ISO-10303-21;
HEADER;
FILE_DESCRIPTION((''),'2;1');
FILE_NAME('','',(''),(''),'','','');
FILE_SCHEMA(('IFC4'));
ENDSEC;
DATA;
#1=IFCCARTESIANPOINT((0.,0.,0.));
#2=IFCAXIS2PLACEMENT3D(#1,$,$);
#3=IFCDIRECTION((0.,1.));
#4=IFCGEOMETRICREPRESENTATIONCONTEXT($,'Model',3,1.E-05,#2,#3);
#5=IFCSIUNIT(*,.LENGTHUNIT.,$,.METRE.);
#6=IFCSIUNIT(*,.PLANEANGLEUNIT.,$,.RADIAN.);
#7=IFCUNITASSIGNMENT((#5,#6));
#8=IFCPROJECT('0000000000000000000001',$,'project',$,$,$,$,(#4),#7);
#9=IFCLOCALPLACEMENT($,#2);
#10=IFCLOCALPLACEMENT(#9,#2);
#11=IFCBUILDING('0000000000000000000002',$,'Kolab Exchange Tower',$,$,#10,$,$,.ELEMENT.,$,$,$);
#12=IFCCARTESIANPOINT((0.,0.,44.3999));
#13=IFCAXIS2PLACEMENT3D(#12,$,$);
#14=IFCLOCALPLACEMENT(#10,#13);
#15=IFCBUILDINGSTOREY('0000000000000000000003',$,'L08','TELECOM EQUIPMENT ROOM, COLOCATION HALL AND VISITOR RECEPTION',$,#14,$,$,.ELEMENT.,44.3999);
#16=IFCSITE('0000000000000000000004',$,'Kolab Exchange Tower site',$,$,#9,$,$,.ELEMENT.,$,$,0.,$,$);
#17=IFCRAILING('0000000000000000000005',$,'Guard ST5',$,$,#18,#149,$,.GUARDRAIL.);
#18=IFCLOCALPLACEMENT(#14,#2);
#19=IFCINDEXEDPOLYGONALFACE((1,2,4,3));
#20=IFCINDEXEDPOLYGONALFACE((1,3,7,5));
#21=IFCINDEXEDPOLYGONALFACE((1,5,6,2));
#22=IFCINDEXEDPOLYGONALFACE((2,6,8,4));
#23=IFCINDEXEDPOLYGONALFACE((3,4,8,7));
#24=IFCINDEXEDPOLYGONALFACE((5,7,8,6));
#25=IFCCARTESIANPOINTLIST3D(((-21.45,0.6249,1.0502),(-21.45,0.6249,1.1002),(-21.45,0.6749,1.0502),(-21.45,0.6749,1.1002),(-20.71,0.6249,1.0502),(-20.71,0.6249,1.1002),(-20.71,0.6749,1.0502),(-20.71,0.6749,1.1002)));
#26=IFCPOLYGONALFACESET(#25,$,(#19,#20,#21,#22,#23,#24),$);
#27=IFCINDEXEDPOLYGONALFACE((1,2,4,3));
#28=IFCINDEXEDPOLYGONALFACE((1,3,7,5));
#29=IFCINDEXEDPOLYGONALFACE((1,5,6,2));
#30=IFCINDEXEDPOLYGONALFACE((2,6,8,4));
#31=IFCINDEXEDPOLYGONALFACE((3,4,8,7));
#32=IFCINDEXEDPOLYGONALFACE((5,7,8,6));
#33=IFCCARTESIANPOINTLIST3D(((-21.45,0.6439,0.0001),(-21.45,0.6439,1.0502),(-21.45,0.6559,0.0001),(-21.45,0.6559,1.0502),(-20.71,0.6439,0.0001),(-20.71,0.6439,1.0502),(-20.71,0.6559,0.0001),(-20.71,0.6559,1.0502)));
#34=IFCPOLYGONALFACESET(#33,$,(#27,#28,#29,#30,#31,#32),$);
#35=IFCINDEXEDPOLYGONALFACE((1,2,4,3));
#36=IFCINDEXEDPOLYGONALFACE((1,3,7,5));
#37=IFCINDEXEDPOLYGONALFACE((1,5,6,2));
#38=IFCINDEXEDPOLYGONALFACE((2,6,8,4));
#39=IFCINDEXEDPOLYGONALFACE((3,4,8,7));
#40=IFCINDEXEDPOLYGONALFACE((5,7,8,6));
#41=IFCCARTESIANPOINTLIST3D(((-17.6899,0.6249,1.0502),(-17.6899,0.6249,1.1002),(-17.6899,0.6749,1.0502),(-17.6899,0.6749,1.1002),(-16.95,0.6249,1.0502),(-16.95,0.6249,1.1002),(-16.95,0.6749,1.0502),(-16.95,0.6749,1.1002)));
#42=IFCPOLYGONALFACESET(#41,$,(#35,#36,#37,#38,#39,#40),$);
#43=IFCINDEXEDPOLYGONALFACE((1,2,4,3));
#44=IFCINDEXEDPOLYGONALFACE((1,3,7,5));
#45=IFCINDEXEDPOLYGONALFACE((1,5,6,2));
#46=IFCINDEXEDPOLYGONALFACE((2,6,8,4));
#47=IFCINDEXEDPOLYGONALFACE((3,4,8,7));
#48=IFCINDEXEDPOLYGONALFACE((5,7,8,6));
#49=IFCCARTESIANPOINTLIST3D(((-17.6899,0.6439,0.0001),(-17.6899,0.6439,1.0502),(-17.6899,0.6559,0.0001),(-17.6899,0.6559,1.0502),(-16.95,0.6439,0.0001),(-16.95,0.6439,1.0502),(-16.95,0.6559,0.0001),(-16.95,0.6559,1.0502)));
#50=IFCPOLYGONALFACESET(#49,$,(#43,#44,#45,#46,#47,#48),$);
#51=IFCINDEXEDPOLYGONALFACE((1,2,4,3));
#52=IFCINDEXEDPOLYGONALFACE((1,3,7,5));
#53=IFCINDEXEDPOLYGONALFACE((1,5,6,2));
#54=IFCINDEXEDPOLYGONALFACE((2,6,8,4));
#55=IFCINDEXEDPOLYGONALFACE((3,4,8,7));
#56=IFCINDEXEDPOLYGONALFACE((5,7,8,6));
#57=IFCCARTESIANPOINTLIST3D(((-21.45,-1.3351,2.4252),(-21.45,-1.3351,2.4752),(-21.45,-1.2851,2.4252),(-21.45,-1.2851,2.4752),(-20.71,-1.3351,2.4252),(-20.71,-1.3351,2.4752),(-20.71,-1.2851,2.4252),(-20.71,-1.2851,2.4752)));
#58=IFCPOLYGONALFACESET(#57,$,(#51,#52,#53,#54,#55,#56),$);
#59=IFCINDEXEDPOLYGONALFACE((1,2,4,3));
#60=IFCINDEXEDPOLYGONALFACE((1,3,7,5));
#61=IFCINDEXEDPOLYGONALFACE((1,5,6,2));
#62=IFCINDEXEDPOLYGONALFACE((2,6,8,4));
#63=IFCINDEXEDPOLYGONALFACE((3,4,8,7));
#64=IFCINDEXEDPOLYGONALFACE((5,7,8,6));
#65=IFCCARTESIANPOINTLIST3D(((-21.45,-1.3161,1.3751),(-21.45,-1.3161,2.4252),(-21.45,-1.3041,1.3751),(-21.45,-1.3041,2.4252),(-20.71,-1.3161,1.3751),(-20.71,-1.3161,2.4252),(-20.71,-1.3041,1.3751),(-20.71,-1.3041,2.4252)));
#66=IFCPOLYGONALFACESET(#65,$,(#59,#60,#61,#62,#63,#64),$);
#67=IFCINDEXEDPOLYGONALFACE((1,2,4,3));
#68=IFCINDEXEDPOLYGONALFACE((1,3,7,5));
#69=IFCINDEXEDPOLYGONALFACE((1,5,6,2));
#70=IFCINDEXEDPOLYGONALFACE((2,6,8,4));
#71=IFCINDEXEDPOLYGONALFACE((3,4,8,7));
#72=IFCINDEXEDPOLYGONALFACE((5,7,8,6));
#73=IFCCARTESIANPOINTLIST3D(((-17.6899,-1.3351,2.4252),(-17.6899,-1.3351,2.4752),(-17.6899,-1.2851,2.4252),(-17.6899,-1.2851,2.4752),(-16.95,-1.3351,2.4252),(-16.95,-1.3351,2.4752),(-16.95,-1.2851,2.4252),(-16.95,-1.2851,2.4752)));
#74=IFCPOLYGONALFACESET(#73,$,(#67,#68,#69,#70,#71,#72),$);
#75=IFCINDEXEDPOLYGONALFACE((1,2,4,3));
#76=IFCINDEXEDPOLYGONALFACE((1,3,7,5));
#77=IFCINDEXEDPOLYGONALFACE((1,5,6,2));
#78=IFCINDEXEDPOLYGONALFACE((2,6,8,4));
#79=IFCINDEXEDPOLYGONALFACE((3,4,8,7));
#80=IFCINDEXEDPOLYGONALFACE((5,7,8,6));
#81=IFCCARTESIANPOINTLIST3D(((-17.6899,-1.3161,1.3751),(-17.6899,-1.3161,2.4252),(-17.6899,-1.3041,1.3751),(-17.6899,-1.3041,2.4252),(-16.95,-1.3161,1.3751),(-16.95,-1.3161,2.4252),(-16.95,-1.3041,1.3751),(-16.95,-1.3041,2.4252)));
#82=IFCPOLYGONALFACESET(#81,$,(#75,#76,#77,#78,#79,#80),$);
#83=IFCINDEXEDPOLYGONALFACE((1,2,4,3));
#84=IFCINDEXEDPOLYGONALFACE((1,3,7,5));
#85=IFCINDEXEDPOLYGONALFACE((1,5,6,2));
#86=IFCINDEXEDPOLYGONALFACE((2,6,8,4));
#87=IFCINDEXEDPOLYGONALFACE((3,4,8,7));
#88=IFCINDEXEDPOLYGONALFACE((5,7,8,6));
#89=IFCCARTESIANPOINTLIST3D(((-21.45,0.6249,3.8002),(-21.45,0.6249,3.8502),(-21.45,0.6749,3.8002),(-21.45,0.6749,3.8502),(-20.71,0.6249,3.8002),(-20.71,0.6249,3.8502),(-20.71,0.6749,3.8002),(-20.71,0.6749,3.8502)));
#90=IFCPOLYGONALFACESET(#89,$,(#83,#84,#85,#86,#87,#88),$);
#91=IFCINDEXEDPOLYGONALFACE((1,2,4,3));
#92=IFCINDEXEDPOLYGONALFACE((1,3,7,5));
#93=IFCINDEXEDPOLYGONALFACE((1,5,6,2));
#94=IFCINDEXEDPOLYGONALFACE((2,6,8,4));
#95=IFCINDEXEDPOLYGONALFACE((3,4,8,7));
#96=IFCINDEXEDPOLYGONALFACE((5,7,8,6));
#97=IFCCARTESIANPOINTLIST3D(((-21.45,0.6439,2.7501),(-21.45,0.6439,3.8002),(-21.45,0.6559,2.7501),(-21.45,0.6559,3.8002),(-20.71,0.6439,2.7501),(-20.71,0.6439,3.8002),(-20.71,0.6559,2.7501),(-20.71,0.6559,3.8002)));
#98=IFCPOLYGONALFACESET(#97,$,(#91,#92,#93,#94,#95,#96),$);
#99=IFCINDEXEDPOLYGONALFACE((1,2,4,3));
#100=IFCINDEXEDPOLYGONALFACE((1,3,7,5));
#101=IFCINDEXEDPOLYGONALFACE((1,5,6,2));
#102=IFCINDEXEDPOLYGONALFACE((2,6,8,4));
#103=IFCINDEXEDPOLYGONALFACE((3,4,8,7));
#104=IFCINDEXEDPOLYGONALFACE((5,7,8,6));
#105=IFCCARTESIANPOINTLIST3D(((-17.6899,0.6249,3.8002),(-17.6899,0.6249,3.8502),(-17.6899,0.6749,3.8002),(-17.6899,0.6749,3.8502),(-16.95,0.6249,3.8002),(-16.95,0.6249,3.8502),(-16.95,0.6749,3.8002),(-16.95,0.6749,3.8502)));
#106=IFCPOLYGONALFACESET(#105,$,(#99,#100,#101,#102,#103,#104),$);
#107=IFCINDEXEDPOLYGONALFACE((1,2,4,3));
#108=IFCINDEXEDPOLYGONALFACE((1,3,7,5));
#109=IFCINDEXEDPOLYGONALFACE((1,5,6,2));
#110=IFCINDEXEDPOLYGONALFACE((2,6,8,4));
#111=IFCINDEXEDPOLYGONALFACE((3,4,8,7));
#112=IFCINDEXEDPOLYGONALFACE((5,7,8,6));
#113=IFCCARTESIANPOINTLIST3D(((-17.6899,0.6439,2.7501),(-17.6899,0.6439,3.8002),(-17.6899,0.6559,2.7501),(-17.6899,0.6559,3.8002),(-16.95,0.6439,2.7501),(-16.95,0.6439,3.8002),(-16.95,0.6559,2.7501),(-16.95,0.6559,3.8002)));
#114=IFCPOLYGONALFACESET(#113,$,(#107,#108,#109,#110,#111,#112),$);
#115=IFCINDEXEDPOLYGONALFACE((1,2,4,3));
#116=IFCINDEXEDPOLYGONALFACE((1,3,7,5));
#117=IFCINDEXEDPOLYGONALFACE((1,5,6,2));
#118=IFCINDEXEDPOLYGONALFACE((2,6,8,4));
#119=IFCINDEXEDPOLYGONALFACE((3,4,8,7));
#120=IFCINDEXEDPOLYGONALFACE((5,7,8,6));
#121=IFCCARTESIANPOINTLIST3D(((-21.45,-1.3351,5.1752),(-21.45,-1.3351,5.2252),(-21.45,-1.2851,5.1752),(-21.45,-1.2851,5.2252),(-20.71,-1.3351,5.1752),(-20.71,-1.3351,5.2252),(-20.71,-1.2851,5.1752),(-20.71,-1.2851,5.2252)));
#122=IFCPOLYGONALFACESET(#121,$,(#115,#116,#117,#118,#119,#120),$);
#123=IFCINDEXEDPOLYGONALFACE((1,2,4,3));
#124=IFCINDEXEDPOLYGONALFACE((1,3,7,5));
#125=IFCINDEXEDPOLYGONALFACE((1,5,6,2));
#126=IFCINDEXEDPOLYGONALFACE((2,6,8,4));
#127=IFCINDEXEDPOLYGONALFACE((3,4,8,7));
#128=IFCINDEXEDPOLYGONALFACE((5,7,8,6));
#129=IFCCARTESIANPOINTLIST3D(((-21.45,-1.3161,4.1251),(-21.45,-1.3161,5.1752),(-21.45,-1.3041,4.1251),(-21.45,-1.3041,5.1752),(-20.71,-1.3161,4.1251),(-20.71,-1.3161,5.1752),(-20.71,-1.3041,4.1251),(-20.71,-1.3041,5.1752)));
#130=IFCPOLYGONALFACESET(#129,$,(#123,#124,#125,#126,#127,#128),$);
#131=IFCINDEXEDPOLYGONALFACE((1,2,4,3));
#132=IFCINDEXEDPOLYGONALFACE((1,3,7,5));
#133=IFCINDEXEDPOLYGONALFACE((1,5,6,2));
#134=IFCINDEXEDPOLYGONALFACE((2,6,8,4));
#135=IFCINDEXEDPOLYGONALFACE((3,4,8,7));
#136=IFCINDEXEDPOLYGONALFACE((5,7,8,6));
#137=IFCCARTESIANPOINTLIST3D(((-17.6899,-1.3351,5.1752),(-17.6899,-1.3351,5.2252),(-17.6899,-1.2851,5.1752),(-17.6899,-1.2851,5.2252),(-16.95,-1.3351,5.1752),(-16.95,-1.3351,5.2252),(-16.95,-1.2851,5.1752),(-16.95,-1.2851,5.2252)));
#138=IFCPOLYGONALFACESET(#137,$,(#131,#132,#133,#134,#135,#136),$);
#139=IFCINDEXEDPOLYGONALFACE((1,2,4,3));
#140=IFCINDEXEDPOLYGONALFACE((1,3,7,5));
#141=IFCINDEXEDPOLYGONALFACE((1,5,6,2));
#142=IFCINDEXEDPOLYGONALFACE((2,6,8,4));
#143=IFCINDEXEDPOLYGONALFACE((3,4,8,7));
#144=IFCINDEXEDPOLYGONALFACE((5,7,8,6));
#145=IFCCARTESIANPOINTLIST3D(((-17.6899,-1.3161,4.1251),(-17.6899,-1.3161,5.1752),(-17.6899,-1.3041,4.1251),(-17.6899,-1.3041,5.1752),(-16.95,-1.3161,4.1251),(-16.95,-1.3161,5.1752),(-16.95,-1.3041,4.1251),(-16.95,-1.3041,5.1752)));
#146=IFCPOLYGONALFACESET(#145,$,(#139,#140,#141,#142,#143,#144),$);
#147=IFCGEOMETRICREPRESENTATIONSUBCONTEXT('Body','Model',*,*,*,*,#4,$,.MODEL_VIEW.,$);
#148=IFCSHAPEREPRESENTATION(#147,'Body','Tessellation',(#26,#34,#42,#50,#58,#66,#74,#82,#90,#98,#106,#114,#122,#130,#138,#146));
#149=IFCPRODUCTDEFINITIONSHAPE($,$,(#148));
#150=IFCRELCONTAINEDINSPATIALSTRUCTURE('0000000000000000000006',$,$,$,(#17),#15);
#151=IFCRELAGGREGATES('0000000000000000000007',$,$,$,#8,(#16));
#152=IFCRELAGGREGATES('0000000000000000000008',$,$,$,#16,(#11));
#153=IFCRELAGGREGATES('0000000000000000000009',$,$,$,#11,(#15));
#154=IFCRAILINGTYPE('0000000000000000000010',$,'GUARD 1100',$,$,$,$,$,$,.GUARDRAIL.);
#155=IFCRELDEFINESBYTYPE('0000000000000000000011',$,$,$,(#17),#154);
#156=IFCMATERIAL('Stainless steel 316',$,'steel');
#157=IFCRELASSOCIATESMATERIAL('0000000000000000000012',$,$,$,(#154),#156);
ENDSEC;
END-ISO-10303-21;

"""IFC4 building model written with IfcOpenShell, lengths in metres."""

from ifc_helpers import new_model, si_unit, direction, frame, frame_2d, origin, origin_2d, place, context, subcontext, project, spatial, rectangle, extrude, material, type_object, element, save


model = new_model("IFC4")

# Units and contexts
model_context = context("Model", 3, precision=1e-05, world=origin(), true_north=direction((0.0, 1.0)))
body_context = subcontext(model_context, "Body", "Model", "MODEL_VIEW")
ifc_project = project(units=[si_unit("LENGTHUNIT", "METRE"), si_unit("PLANEANGLEUNIT", "RADIAN")], contexts=[model_context])

# Site, building, storey
site_placement = place(None, origin())
site = spatial("IfcSite", under=ifc_project, at=site_placement, Name="Kolab Exchange Tower site", CompositionType="ELEMENT", RefElevation=0.0)
building_placement = place(site_placement, origin())
building = spatial("IfcBuilding", under=site, at=building_placement, Name="Kolab Exchange Tower", CompositionType="ELEMENT")
storey_placement = place(building_placement, frame((0.0, 0.0, 44.3999)))
storey = spatial("IfcBuildingStorey", under=building, at=storey_placement, Name="L08", Description="TELECOM EQUIPMENT ROOM, COLOCATION HALL AND VISITOR RECEPTION", CompositionType="ELEMENT", Elevation=44.3999)

# Railing
ifc_material_1 = material(Name="Stainless steel 316", Category="steel")
railing_type = type_object("IfcRailingType", Name="GUARD 1100", PredefinedType="GUARDRAIL", material=ifc_material_1)
railing_placement = place(storey_placement, frame((-21.45, 0.6499, 0.0)))
element("IfcRailing", 1, at=railing_placement, inside=storey, type_object=railing_type, Name="Guard ST5", PredefinedType="GUARDRAIL", context=body_context, shape_type="SweptSolid", body=[
    extrude(rectangle(XDim=0.05, YDim=0.05, at=origin_2d()), frame((0.0, 0.0, 1.0752), z_axis=(1.0, 0.0, 0.0), x_axis=(0.0, 1.0, 0.0)), (0.0, 0.0, 1.0), 0.74),
    extrude(rectangle(XDim=0.012, YDim=1.0501, at=frame_2d((0.0, 0.5251))), frame((0.0, 0.0, 0.0), z_axis=(1.0, 0.0, 0.0), x_axis=(0.0, 1.0, 0.0)), (0.0, 0.0, 1.0), 0.74),
    extrude(rectangle(XDim=0.05, YDim=0.05, at=origin_2d()), frame((3.76, 0.0, 1.0752), z_axis=(1.0, 0.0, 0.0), x_axis=(0.0, 1.0, 0.0)), (0.0, 0.0, 1.0), 0.74),
    extrude(rectangle(XDim=0.012, YDim=1.0501, at=frame_2d((0.0, 0.5251))), frame((3.76, 0.0, 0.0), z_axis=(1.0, 0.0, 0.0), x_axis=(0.0, 1.0, 0.0)), (0.0, 0.0, 1.0), 0.74),
    extrude(rectangle(XDim=0.05, YDim=0.05, at=origin_2d()), frame((0.0, -1.96, 2.4502), z_axis=(1.0, 0.0, 0.0), x_axis=(0.0, 1.0, 0.0)), (0.0, 0.0, 1.0), 0.74),
    extrude(rectangle(XDim=0.012, YDim=1.0501, at=frame_2d((0.0, 0.5251))), frame((0.0, -1.96, 1.375), z_axis=(1.0, 0.0, 0.0), x_axis=(0.0, 1.0, 0.0)), (0.0, 0.0, 1.0), 0.74),
    extrude(rectangle(XDim=0.05, YDim=0.05, at=origin_2d()), frame((3.76, -1.96, 2.4502), z_axis=(1.0, 0.0, 0.0), x_axis=(0.0, 1.0, 0.0)), (0.0, 0.0, 1.0), 0.74),
    extrude(rectangle(XDim=0.012, YDim=1.0501, at=frame_2d((0.0, 0.5251))), frame((3.76, -1.96, 1.375), z_axis=(1.0, 0.0, 0.0), x_axis=(0.0, 1.0, 0.0)), (0.0, 0.0, 1.0), 0.74),
    extrude(rectangle(XDim=0.05, YDim=0.05, at=origin_2d()), frame((0.0, 0.0, 3.8252), z_axis=(1.0, 0.0, 0.0), x_axis=(0.0, 1.0, 0.0)), (0.0, 0.0, 1.0), 0.74),
    extrude(rectangle(XDim=0.012, YDim=1.0501, at=frame_2d((0.0, 0.5251))), frame((0.0, 0.0, 2.75), z_axis=(1.0, 0.0, 0.0), x_axis=(0.0, 1.0, 0.0)), (0.0, 0.0, 1.0), 0.74),
    extrude(rectangle(XDim=0.05, YDim=0.05, at=origin_2d()), frame((3.76, 0.0, 3.8252), z_axis=(1.0, 0.0, 0.0), x_axis=(0.0, 1.0, 0.0)), (0.0, 0.0, 1.0), 0.74),
    extrude(rectangle(XDim=0.012, YDim=1.0501, at=frame_2d((0.0, 0.5251))), frame((3.76, 0.0, 2.75), z_axis=(1.0, 0.0, 0.0), x_axis=(0.0, 1.0, 0.0)), (0.0, 0.0, 1.0), 0.74),
    extrude(rectangle(XDim=0.05, YDim=0.05, at=origin_2d()), frame((0.0, -1.96, 5.2002), z_axis=(1.0, 0.0, 0.0), x_axis=(0.0, 1.0, 0.0)), (0.0, 0.0, 1.0), 0.74),
    extrude(rectangle(XDim=0.012, YDim=1.0501, at=frame_2d((0.0, 0.5251))), frame((0.0, -1.96, 4.125), z_axis=(1.0, 0.0, 0.0), x_axis=(0.0, 1.0, 0.0)), (0.0, 0.0, 1.0), 0.74),
    extrude(rectangle(XDim=0.05, YDim=0.05, at=origin_2d()), frame((3.76, -1.96, 5.2002), z_axis=(1.0, 0.0, 0.0), x_axis=(0.0, 1.0, 0.0)), (0.0, 0.0, 1.0), 0.74),
    extrude(rectangle(XDim=0.012, YDim=1.0501, at=frame_2d((0.0, 0.5251))), frame((3.76, -1.96, 4.125), z_axis=(1.0, 0.0, 0.0), x_axis=(0.0, 1.0, 0.0)), (0.0, 0.0, 1.0), 0.74),
])

save(model, "model.ifc")
